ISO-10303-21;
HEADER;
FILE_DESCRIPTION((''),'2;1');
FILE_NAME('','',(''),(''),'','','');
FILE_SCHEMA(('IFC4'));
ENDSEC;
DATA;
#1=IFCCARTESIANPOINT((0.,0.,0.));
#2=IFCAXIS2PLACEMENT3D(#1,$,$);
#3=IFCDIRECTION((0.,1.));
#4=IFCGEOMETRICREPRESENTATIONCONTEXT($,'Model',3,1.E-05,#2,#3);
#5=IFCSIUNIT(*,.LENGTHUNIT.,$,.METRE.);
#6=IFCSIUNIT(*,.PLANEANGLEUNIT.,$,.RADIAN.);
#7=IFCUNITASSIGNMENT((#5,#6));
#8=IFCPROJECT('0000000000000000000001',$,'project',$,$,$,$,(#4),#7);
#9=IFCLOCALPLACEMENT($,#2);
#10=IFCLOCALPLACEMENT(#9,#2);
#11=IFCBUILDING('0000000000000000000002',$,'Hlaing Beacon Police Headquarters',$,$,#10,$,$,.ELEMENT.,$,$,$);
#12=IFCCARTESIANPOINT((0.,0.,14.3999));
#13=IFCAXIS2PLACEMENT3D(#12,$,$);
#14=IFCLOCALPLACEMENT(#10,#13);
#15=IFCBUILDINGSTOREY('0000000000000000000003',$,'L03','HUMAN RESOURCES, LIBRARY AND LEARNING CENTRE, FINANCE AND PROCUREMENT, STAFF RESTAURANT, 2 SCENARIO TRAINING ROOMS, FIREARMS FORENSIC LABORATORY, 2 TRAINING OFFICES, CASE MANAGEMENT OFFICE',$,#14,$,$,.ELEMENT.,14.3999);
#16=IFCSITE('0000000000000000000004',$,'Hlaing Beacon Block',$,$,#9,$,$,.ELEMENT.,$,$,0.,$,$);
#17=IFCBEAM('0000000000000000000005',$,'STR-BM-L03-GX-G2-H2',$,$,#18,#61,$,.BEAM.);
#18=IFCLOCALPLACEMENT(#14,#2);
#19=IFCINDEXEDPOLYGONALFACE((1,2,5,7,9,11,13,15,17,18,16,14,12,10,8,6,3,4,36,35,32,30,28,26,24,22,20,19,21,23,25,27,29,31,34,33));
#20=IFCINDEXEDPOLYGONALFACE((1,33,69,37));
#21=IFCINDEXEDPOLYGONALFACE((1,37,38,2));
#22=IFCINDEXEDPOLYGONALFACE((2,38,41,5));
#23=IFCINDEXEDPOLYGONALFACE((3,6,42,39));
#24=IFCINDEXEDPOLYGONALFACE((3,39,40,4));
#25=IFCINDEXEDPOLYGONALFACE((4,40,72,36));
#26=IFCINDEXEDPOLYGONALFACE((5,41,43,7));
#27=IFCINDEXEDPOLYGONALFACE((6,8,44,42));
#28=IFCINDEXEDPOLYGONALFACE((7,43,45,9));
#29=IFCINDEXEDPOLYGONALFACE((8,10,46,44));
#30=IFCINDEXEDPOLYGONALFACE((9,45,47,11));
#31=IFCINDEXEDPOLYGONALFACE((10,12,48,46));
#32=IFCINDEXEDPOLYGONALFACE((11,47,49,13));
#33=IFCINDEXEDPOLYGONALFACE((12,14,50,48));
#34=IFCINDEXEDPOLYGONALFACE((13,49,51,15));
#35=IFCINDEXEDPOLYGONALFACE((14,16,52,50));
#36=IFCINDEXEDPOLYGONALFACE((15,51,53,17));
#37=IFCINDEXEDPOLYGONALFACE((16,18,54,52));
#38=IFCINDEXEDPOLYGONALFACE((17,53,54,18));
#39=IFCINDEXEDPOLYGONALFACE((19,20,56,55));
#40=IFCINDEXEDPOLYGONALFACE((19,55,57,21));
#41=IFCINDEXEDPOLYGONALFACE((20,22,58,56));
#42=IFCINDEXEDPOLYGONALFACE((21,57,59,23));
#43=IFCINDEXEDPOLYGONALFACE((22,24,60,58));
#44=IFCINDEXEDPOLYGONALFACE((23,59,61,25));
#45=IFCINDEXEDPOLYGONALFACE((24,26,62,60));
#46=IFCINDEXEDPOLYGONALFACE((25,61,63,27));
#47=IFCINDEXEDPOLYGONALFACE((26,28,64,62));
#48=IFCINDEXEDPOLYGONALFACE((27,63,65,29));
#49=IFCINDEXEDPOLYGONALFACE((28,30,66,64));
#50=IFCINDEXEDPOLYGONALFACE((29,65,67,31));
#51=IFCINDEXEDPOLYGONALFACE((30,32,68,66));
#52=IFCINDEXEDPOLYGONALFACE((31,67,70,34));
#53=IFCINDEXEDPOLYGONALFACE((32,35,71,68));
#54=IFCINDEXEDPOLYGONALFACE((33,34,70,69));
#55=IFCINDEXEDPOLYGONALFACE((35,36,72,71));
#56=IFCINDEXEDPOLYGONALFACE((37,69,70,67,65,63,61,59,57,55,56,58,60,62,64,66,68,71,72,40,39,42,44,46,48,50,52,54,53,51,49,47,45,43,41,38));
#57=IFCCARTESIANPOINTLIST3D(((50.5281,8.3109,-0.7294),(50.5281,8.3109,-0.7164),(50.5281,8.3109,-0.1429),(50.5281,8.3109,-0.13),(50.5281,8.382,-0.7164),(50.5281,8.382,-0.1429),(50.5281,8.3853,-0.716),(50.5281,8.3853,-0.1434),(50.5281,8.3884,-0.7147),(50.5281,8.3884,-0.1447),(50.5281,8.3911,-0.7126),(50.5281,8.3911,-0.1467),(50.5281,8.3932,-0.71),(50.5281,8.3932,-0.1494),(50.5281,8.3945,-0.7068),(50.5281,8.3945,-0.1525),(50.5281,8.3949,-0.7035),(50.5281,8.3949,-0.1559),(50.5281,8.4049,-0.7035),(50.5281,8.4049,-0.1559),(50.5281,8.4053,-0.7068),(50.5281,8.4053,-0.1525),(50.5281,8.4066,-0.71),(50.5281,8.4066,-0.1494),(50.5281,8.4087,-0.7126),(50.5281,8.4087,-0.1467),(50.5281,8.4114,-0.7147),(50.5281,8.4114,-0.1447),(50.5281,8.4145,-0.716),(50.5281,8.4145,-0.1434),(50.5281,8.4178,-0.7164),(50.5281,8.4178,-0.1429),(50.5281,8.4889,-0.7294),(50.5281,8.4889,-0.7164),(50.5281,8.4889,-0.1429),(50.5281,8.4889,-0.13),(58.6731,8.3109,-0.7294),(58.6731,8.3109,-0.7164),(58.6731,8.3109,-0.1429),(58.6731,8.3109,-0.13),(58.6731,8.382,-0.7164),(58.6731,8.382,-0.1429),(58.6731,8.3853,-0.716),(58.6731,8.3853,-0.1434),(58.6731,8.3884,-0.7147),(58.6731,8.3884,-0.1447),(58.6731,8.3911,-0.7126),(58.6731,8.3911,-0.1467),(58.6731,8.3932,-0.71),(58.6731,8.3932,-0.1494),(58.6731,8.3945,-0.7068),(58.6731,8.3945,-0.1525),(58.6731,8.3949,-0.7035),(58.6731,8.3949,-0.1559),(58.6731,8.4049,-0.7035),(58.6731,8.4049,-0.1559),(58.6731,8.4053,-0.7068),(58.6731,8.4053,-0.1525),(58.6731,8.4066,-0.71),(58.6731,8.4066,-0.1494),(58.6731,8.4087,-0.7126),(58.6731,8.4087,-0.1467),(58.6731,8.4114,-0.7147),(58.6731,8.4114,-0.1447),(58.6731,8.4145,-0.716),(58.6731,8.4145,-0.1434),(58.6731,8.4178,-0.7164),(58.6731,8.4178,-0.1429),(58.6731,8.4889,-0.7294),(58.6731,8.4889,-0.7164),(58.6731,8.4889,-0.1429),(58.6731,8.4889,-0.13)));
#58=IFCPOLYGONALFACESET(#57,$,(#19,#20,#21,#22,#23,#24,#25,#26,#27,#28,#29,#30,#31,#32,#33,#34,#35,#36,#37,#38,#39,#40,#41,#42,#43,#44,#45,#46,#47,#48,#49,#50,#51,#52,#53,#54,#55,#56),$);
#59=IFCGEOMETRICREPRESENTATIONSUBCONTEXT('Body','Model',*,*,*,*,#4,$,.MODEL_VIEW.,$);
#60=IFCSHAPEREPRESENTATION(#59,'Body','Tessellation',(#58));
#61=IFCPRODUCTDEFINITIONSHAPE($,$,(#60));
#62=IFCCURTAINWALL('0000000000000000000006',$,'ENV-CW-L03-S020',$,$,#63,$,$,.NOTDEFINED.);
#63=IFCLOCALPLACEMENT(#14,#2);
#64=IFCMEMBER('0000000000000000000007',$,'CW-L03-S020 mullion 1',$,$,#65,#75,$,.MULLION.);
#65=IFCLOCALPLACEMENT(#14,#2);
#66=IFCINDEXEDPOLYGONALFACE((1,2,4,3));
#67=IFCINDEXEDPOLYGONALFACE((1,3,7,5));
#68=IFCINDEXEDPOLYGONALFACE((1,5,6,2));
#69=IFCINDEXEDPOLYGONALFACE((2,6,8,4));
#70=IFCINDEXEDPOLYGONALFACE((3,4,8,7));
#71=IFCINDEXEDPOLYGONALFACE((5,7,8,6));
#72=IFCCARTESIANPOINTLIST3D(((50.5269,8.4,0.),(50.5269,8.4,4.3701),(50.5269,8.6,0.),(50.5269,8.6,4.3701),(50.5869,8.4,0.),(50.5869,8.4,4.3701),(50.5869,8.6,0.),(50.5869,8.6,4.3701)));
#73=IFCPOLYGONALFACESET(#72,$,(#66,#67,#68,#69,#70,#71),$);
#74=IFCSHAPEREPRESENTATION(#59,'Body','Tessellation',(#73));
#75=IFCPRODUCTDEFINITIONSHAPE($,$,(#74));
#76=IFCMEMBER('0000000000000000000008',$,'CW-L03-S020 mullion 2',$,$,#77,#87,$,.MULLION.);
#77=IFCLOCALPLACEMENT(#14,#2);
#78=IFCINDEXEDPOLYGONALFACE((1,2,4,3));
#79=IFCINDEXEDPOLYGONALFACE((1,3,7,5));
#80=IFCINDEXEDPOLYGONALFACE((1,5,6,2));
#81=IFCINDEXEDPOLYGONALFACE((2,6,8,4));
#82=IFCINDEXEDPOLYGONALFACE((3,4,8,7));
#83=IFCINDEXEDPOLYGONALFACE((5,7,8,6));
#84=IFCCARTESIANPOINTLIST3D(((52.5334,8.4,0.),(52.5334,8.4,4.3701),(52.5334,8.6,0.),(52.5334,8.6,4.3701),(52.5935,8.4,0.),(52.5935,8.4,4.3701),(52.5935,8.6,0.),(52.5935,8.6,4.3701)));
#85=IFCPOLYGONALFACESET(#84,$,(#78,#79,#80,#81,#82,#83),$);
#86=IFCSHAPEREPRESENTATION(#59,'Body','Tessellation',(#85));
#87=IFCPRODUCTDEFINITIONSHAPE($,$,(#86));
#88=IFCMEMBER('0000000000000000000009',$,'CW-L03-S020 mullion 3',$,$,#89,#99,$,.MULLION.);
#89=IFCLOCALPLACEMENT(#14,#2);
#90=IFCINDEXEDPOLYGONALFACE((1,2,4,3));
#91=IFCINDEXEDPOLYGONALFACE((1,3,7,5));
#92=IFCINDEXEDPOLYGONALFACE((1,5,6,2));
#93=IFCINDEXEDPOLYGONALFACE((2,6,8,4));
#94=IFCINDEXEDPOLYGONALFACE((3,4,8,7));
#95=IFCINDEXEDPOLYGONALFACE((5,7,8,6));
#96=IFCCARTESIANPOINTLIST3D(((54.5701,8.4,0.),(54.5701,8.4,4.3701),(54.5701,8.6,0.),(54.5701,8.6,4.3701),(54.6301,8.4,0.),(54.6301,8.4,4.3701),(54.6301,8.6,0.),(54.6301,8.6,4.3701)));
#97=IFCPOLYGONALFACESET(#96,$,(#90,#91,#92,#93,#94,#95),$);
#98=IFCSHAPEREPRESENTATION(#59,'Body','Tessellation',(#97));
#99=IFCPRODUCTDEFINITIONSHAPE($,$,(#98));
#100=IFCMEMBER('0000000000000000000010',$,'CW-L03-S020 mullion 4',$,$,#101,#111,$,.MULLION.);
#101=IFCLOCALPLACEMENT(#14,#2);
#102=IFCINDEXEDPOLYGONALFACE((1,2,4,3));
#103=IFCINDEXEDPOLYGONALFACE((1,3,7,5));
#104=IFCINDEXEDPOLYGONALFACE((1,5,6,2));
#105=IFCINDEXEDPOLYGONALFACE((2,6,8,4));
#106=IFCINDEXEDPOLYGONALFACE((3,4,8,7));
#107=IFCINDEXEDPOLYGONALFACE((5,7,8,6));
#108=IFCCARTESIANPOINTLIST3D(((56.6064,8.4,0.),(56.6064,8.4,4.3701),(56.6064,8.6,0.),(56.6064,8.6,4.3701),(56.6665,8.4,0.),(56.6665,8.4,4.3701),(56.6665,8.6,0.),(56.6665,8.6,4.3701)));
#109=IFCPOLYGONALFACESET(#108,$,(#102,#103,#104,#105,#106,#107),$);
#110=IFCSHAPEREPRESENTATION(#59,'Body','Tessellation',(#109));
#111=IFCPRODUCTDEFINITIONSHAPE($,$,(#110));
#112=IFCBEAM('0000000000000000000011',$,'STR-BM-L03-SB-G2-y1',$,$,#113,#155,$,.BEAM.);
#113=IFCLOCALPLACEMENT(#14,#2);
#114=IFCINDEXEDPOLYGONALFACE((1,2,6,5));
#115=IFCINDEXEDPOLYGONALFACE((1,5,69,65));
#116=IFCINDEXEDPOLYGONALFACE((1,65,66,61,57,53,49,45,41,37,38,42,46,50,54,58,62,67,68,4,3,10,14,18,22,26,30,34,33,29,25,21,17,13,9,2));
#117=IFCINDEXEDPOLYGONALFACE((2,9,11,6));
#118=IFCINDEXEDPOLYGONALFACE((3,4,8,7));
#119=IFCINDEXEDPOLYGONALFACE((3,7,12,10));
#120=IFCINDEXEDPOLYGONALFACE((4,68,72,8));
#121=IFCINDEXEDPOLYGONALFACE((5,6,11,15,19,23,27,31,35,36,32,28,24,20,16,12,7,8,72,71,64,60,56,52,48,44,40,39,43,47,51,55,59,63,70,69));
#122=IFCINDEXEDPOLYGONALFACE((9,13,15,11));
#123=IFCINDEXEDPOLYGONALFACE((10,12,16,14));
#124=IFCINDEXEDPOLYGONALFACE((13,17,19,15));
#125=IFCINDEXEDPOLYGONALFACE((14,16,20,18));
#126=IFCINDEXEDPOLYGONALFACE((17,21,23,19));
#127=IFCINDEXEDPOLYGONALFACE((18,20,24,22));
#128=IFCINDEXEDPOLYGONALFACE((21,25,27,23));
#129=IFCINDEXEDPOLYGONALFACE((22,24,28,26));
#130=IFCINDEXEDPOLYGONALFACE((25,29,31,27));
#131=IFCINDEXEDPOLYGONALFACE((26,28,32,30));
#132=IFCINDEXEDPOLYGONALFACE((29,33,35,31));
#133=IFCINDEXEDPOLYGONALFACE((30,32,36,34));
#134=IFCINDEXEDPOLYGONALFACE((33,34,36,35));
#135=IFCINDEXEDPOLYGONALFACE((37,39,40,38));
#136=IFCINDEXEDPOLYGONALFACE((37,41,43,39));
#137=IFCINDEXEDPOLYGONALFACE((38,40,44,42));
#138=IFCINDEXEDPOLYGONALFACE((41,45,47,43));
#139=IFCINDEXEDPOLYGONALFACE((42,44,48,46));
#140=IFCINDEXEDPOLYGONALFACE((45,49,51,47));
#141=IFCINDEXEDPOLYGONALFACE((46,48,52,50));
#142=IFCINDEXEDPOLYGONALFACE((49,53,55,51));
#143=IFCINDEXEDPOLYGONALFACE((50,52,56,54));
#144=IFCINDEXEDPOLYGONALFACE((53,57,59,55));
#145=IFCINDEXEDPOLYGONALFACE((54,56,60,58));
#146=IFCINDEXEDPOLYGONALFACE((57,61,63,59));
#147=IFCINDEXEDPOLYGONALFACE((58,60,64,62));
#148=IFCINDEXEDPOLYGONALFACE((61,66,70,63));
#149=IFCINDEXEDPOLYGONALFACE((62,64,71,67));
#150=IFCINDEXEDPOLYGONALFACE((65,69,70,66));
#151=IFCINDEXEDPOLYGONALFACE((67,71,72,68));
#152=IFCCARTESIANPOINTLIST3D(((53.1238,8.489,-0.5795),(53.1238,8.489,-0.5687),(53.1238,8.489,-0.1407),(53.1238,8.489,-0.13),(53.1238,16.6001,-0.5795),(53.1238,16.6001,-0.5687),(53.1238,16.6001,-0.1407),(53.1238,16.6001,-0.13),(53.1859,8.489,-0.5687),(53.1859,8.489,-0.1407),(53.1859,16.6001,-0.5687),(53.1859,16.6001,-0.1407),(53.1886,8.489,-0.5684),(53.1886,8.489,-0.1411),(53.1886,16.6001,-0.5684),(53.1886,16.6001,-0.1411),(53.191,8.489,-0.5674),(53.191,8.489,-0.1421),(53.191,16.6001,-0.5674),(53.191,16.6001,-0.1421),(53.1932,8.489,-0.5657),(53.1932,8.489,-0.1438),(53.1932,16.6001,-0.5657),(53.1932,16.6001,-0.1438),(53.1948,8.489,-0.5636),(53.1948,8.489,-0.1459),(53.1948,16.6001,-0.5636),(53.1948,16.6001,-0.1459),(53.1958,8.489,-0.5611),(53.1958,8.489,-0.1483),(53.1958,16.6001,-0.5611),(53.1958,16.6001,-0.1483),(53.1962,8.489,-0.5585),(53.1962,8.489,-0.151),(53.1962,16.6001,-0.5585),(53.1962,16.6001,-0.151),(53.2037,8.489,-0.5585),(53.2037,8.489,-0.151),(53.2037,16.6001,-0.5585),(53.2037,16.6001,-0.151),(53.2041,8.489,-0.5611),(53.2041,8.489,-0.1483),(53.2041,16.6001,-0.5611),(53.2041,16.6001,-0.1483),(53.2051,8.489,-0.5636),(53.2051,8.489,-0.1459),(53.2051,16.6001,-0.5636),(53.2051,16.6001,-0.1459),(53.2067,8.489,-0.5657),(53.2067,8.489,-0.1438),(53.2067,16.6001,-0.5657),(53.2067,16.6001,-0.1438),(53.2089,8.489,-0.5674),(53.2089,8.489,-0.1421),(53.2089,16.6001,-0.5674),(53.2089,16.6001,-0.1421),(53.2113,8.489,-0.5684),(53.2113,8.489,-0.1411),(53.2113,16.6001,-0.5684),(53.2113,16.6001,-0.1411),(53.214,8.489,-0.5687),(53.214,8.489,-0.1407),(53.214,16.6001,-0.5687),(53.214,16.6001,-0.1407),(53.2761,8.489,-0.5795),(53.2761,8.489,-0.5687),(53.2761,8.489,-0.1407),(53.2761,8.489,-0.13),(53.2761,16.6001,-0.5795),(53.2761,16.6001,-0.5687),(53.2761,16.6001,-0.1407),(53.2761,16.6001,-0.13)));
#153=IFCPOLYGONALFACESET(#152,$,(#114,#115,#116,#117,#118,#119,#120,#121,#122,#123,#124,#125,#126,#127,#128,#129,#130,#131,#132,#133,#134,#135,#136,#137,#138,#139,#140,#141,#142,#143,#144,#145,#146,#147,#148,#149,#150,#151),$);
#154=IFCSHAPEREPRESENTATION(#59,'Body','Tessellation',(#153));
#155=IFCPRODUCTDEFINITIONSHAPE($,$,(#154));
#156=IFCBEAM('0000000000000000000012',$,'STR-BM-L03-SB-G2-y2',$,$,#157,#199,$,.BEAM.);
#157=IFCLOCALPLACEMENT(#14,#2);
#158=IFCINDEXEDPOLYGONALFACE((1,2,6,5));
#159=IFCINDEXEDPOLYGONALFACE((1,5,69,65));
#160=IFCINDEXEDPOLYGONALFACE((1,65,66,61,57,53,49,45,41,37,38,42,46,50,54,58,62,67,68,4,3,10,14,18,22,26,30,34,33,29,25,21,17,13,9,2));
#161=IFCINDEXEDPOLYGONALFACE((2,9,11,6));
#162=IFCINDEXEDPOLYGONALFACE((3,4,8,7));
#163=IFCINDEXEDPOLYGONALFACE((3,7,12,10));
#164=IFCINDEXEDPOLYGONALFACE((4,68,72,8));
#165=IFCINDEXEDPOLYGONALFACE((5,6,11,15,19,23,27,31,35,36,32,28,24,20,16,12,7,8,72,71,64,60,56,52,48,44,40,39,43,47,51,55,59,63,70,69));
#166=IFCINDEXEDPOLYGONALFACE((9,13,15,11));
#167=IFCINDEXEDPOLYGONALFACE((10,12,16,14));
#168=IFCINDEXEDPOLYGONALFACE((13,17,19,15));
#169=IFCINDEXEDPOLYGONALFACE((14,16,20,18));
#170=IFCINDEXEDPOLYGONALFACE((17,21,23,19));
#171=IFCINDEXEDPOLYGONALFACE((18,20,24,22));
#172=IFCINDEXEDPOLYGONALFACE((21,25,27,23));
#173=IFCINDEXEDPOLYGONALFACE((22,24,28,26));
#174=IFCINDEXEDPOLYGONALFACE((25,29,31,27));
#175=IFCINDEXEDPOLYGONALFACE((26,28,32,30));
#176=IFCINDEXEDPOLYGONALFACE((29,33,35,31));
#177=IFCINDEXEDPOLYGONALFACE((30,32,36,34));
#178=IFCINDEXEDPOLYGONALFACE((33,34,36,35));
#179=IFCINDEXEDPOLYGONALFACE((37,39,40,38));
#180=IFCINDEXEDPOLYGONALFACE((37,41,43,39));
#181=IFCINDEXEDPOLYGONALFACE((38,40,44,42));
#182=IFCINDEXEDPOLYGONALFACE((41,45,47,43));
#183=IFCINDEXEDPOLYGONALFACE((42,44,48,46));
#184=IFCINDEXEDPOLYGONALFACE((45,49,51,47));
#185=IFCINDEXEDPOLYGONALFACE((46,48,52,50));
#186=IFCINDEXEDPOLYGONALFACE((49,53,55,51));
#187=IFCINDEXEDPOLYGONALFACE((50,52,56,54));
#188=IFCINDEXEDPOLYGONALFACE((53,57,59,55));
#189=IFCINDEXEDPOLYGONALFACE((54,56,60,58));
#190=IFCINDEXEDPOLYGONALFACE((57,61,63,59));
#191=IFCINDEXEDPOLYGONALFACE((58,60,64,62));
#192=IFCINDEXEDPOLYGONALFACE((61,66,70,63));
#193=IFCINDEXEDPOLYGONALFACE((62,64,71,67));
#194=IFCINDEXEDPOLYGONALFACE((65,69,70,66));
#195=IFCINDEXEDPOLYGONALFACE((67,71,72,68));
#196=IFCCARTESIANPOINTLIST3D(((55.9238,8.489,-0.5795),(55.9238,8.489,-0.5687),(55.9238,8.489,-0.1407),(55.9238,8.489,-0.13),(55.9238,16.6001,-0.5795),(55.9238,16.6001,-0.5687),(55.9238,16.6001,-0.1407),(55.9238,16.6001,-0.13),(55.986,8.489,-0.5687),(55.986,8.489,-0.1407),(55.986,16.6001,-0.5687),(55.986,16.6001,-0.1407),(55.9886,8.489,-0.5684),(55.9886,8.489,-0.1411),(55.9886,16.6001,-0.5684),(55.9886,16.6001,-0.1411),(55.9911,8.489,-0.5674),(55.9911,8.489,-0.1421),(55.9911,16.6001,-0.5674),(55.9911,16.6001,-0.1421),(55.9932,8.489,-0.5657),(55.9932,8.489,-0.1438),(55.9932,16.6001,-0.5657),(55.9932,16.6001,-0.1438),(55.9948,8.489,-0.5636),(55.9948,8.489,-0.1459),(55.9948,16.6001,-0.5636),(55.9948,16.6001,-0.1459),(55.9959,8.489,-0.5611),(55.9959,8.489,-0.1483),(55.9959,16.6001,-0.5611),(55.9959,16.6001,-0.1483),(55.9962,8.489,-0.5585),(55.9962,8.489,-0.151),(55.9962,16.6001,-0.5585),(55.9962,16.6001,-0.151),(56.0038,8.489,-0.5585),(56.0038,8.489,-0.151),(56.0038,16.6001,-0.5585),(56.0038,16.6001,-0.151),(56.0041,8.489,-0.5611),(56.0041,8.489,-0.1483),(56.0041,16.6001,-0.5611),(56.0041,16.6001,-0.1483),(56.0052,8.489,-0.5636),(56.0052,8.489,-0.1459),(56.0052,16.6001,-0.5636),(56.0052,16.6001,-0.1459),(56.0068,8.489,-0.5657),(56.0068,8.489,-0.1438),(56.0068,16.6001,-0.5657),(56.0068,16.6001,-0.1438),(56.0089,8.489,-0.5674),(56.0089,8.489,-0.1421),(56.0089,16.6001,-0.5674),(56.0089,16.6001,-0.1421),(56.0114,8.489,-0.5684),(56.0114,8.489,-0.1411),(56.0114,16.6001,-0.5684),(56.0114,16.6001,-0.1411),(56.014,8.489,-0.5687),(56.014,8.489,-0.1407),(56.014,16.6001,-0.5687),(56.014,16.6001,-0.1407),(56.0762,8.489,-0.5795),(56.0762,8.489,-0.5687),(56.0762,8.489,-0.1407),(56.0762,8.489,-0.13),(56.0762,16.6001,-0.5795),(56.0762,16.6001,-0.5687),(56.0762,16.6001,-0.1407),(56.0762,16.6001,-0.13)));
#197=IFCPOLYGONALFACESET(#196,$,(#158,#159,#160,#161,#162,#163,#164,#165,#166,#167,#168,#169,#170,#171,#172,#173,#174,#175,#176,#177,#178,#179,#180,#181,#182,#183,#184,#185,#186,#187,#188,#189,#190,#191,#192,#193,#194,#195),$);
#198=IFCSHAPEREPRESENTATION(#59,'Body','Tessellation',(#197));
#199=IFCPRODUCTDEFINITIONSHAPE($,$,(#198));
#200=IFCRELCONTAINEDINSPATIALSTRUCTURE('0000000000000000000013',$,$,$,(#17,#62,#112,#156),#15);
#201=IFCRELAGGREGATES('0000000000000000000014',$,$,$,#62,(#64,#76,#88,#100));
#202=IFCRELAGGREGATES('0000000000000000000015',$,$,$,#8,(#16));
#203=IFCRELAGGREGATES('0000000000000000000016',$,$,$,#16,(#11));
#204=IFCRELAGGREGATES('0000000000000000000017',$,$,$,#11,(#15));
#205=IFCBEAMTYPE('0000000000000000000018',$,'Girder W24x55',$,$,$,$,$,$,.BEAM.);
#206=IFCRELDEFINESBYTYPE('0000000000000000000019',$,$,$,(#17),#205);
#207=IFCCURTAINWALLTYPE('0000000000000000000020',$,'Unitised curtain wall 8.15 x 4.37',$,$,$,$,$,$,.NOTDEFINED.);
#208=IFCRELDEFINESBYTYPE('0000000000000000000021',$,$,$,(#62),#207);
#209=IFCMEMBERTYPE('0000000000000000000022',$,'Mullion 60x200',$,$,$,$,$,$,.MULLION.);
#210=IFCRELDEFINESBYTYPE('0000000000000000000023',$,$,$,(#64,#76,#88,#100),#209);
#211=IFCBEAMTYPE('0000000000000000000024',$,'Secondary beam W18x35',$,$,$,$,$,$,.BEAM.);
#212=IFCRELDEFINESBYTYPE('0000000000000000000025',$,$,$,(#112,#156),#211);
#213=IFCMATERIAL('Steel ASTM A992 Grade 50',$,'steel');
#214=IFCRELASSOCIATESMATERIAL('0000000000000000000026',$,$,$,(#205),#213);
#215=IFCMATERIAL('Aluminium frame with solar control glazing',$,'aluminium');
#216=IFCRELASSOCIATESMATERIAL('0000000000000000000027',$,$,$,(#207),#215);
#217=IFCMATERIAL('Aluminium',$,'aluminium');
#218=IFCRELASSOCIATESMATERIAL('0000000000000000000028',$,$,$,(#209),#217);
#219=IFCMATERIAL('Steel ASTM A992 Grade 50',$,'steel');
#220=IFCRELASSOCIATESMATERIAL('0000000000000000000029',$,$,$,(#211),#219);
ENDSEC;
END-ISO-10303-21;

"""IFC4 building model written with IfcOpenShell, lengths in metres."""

from ifc_helpers import new_model, si_unit, direction, frame, origin, origin_2d, place, context, subcontext, project, spatial, rectangle, i_section, extrude, material, material_profile, profile_set, type_object, element, aggregate, save


model = new_model("IFC4")

# Units and contexts
model_context = context("Model", 3, precision=1e-05, world=origin(), true_north=direction((0.0, 1.0)))
body_context = subcontext(model_context, "Body", "Model", "MODEL_VIEW")
ifc_project = project(units=[si_unit("LENGTHUNIT", "METRE"), si_unit("PLANEANGLEUNIT", "RADIAN")], contexts=[model_context])

# Site, building, storey
site_placement = place(None, origin())
site = spatial("IfcSite", under=ifc_project, at=site_placement, Name="Hlaing Beacon Block", CompositionType="ELEMENT", RefElevation=0.0)
building_placement = place(site_placement, origin())
building = spatial("IfcBuilding", under=site, at=building_placement, Name="Hlaing Beacon Police Headquarters", CompositionType="ELEMENT")
storey_placement = place(building_placement, frame((0.0, 0.0, 14.3999)))
storey = spatial("IfcBuildingStorey", under=building, at=storey_placement, Name="L03", Description="HUMAN RESOURCES, LIBRARY AND LEARNING CENTRE, FINANCE AND PROCUREMENT, STAFF RESTAURANT, 2 SCENARIO TRAINING ROOMS, FIREARMS FORENSIC LABORATORY, 2 TRAINING OFFICES, CASE MANAGEMENT OFFICE", CompositionType="ELEMENT", Elevation=14.3999)

# Beam
ifc_material_1 = material(Name="Steel ASTM A992 Grade 50", Category="steel")
ifc_material_profile_1 = material_profile(ifc_material_1, i_section(OverallWidth=0.178, OverallDepth=0.5994, WebThickness=0.01, FlangeThickness=0.0129, FilletRadius=0.0129, at=origin_2d()), Name="W24x55")
ifc_profile_set_1 = profile_set([ifc_material_profile_1], Name="Steel ASTM A992 Grade 50")
beam_type_1 = type_object("IfcBeamType", Name="Girder W24x55", PredefinedType="BEAM", material=ifc_profile_set_1)
beam_placement = place(storey_placement, frame((50.5281, 8.3999, -0.4297), z_axis=(1.0, 0.0, 0.0), x_axis=(0.0, 1.0, 0.0)))
element("IfcBeam", 1, at=beam_placement, inside=storey, type_object=beam_type_1, Name="STR-BM-L03-GX-G2-H2", PredefinedType="BEAM", context=body_context, shape_type="SweptSolid", body=[
    extrude(i_section(OverallWidth=0.178, OverallDepth=0.5994, WebThickness=0.01, FlangeThickness=0.0129, FilletRadius=0.0129, at=origin_2d()), origin(), (0.0, 0.0, 1.0), 8.145),
])

# Curtain wall, members
ifc_material_2 = material(Name="Aluminium frame with solar control glazing", Category="aluminium")
curtain_wall_type = type_object("IfcCurtainWallType", Name="Unitised curtain wall 8.15 x 4.37", PredefinedType="NOTDEFINED", material=ifc_material_2)
curtain_wall_placement = place(storey_placement, origin())
curtain_wall = element("IfcCurtainWall", 2, at=curtain_wall_placement, inside=storey, type_object=curtain_wall_type, Name="ENV-CW-L03-S020", PredefinedType="NOTDEFINED")
ifc_material_3 = material(Name="Aluminium", Category="aluminium")
ifc_material_profile_2 = material_profile(ifc_material_3, rectangle(XDim=0.2, YDim=0.0601, at=origin_2d()), Name="Mullion 60x200")
ifc_profile_set_2 = profile_set([ifc_material_profile_2], Name="Aluminium")
member_type_1 = type_object("IfcMemberType", Name="Mullion 60x200", PredefinedType="MULLION", material=ifc_profile_set_2)
member_1_placement = place(storey_placement, frame((50.5569, 8.5, 0.0), z_axis=(0.0, 0.0, 1.0), x_axis=(0.0, 1.0, 0.0)))
member_1 = element("IfcMember", 3, at=member_1_placement, type_object=member_type_1, Name="CW-L03-S020 mullion 1", PredefinedType="MULLION", context=body_context, shape_type="SweptSolid", body=[
    extrude(rectangle(XDim=0.2, YDim=0.0601, at=origin_2d()), origin(), (0.0, 0.0, 1.0), 4.3701),
])
member_2_placement = place(storey_placement, frame((52.5635, 8.5, 0.0), z_axis=(0.0, 0.0, 1.0), x_axis=(0.0, 1.0, 0.0)))
member_2 = element("IfcMember", 4, at=member_2_placement, type_object=member_type_1, Name="CW-L03-S020 mullion 2", PredefinedType="MULLION", context=body_context, shape_type="SweptSolid", body=[
    extrude(rectangle(XDim=0.2, YDim=0.0601, at=origin_2d()), origin(), (0.0, 0.0, 1.0), 4.3701),
])
member_3_placement = place(storey_placement, frame((54.6001, 8.5, 0.0), z_axis=(0.0, 0.0, 1.0), x_axis=(0.0, 1.0, 0.0)))
member_3 = element("IfcMember", 5, at=member_3_placement, type_object=member_type_1, Name="CW-L03-S020 mullion 3", PredefinedType="MULLION", context=body_context, shape_type="SweptSolid", body=[
    extrude(rectangle(XDim=0.2, YDim=0.0601, at=origin_2d()), origin(), (0.0, 0.0, 1.0), 4.3701),
])
member_4_placement = place(storey_placement, frame((56.6365, 8.5, 0.0), z_axis=(0.0, 0.0, 1.0), x_axis=(0.0, 1.0, 0.0)))
member_4 = element("IfcMember", 6, at=member_4_placement, type_object=member_type_1, Name="CW-L03-S020 mullion 4", PredefinedType="MULLION", context=body_context, shape_type="SweptSolid", body=[
    extrude(rectangle(XDim=0.2, YDim=0.0601, at=origin_2d()), origin(), (0.0, 0.0, 1.0), 4.3701),
])

# Beams
ifc_material_4 = material(Name="Steel ASTM A992 Grade 50", Category="steel")
ifc_material_profile_3 = material_profile(ifc_material_4, i_section(OverallWidth=0.1523, OverallDepth=0.4495, WebThickness=0.0076, FlangeThickness=0.0107, FilletRadius=0.0103, at=origin_2d()), Name="W18x35")
ifc_profile_set_3 = profile_set([ifc_material_profile_3], Name="Steel ASTM A992 Grade 50")
beam_type_2 = type_object("IfcBeamType", Name="Secondary beam W18x35", PredefinedType="BEAM", material=ifc_profile_set_3)
for number, where, z_axis, x_axis, name in (
    (7, (53.2, 8.489, -0.3547), (0.0, 1.0, 0.0), (-1.0, 0.0, 0.0), "STR-BM-L03-SB-G2-y1"),
    (8, (56.0, 8.489, -0.3547), (0.0, 1.0, 0.0), (-1.0, 0.0, 0.0), "STR-BM-L03-SB-G2-y2"),
):
    element("IfcBeam", number, at=place(storey_placement, frame(where, z_axis=z_axis, x_axis=x_axis)), inside=storey, type_object=beam_type_2, Name=name, PredefinedType="BEAM", context=body_context, shape_type="SweptSolid", body=[
        extrude(i_section(OverallWidth=0.1523, OverallDepth=0.4495, WebThickness=0.0076, FlangeThickness=0.0107, FilletRadius=0.0103, at=origin_2d()), origin(), (0.0, 0.0, 1.0), 8.1111),
    ])

aggregate(curtain_wall, [member_1, member_2, member_3, member_4])

save(model, "model.ifc")
